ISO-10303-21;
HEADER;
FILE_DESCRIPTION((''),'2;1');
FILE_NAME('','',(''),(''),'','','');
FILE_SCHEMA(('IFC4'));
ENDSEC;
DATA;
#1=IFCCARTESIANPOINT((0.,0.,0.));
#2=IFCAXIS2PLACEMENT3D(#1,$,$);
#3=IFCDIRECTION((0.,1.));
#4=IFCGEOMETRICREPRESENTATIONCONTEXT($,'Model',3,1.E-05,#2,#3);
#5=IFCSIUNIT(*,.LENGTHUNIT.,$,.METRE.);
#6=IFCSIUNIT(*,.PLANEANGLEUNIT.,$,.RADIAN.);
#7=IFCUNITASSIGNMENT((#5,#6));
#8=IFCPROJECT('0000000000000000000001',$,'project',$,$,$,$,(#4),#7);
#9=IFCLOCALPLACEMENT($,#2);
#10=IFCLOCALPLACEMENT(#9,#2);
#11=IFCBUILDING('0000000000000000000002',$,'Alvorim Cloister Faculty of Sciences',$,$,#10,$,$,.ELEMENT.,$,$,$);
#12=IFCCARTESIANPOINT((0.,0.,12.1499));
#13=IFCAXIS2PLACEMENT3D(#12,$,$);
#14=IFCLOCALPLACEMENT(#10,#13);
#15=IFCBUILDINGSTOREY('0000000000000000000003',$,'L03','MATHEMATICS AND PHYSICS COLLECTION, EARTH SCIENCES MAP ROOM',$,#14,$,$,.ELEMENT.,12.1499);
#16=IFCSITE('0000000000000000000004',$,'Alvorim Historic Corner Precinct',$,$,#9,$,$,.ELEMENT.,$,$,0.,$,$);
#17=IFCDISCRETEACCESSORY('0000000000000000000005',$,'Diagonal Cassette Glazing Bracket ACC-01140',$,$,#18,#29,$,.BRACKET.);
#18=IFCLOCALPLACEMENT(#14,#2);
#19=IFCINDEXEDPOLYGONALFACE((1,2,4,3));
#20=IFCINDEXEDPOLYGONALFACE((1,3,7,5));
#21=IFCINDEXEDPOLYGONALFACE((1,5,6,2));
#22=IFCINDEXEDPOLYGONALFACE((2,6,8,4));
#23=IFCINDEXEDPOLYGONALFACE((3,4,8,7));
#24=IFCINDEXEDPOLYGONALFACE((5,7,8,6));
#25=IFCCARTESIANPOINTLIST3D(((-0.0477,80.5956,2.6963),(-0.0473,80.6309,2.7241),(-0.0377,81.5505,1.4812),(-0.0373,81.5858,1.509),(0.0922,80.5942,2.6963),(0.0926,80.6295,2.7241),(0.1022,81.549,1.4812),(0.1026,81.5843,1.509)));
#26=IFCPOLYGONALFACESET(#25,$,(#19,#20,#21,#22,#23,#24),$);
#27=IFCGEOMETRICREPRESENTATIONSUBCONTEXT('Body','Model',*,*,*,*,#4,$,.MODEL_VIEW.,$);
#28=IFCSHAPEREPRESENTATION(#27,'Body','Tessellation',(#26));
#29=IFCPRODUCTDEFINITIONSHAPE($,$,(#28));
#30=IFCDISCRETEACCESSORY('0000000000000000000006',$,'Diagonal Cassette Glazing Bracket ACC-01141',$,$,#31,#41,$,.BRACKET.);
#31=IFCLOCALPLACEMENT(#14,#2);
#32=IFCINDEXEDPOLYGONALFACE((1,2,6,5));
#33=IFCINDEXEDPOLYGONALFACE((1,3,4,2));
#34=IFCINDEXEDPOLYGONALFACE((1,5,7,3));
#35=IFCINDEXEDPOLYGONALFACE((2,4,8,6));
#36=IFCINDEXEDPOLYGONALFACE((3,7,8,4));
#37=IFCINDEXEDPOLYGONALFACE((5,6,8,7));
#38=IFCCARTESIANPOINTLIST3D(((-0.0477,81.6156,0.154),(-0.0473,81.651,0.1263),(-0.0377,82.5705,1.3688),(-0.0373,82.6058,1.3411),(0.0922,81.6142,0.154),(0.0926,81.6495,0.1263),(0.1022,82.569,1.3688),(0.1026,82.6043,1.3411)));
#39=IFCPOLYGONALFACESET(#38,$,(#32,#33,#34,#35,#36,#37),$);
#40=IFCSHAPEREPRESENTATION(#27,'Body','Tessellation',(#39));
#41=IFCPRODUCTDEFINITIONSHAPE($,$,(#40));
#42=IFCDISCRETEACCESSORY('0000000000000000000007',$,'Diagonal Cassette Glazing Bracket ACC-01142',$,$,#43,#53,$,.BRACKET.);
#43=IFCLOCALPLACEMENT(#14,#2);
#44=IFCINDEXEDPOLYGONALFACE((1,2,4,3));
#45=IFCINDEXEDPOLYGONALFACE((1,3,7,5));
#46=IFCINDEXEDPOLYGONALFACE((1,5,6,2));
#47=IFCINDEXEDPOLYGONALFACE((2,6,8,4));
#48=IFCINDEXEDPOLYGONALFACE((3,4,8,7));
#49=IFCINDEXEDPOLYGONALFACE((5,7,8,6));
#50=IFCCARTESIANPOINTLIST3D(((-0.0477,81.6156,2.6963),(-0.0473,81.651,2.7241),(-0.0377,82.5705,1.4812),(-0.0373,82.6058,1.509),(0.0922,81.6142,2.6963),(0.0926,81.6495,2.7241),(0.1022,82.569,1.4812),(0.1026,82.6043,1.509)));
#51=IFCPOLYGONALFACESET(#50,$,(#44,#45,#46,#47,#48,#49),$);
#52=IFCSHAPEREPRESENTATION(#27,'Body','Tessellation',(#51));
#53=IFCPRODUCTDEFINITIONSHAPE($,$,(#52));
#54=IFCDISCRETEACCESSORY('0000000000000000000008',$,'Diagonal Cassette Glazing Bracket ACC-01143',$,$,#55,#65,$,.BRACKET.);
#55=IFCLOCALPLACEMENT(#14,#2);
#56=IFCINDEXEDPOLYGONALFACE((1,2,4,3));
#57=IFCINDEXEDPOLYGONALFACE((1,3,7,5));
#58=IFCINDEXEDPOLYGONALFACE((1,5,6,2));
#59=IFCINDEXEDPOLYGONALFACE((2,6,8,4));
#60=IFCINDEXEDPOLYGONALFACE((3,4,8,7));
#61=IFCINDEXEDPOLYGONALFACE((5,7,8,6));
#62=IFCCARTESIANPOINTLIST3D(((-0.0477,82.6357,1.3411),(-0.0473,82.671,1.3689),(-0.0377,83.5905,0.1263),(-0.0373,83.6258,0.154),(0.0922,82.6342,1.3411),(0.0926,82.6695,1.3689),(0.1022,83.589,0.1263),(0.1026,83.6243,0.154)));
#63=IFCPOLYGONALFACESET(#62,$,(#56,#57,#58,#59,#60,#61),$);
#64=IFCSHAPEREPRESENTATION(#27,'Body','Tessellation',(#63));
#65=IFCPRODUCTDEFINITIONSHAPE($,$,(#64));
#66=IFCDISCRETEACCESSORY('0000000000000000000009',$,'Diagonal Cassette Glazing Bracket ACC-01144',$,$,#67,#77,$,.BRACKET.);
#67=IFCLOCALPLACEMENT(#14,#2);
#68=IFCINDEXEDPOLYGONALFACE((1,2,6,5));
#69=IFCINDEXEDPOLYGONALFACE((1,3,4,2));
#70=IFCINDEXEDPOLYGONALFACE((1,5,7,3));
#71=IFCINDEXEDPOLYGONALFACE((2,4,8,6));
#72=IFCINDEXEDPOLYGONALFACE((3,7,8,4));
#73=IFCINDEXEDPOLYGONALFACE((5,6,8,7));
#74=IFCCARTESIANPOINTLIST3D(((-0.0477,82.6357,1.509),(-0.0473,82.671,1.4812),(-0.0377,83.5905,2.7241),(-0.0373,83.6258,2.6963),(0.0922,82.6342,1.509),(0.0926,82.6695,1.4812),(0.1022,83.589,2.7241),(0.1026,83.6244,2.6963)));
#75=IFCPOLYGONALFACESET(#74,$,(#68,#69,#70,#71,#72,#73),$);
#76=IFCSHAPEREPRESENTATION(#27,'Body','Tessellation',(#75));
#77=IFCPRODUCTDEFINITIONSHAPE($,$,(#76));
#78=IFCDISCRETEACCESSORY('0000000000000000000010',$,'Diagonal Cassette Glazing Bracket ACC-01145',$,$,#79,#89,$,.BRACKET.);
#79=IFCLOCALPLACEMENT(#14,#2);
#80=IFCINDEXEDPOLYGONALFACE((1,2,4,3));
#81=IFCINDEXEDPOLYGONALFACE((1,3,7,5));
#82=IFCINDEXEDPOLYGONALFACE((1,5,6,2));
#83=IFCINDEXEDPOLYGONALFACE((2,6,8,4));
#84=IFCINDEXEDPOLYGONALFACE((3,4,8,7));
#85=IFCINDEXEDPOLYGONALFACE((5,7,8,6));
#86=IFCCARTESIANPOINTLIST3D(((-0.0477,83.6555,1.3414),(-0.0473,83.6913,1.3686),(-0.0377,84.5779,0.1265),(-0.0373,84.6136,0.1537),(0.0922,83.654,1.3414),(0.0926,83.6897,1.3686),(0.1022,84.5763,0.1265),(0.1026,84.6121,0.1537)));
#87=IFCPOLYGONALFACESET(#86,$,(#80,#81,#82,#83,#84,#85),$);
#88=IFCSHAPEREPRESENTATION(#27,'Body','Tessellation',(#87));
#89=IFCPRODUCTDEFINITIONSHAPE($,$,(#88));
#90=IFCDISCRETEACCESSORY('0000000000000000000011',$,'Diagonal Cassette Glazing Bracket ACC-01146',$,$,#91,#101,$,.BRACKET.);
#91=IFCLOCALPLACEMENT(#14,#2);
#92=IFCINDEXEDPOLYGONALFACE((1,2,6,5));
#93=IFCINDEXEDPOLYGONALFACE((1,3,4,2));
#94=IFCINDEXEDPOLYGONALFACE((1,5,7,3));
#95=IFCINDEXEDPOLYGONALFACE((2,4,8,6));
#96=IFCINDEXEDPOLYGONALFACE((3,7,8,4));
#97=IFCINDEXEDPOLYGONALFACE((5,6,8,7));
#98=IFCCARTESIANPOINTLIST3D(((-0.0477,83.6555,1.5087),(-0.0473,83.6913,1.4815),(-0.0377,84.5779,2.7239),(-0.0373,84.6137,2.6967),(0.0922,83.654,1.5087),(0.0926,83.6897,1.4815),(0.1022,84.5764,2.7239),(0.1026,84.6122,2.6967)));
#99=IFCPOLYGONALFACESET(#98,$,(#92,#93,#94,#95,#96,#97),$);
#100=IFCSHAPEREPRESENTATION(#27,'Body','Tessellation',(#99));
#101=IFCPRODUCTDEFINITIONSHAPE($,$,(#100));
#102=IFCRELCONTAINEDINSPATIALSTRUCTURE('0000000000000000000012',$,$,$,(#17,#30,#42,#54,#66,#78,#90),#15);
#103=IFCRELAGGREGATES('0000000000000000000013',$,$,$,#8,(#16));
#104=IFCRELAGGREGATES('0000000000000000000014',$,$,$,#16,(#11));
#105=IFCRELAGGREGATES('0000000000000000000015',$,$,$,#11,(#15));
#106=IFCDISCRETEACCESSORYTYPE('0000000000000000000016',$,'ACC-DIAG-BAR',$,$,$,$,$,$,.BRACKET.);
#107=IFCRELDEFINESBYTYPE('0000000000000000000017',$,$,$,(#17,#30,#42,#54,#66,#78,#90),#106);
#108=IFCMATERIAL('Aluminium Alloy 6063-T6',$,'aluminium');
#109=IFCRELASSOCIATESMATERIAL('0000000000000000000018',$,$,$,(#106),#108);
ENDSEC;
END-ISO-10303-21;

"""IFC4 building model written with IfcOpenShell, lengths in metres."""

from ifc_helpers import new_model, si_unit, direction, frame, origin, origin_2d, place, context, subcontext, project, spatial, rectangle, extrude, material, type_object, element, save


model = new_model("IFC4")

# Units and contexts
model_context = context("Model", 3, precision=1e-05, world=origin(), true_north=direction((0.0, 1.0)))
body_context = subcontext(model_context, "Body", "Model", "MODEL_VIEW")
ifc_project = project(units=[si_unit("LENGTHUNIT", "METRE"), si_unit("PLANEANGLEUNIT", "RADIAN")], contexts=[model_context])

# Site, building, storey
site_placement = place(None, origin())
site = spatial("IfcSite", under=ifc_project, at=site_placement, Name="Alvorim Historic Corner Precinct", CompositionType="ELEMENT", RefElevation=0.0)
building_placement = place(site_placement, origin())
building = spatial("IfcBuilding", under=site, at=building_placement, Name="Alvorim Cloister Faculty of Sciences", CompositionType="ELEMENT")
storey_placement = place(building_placement, frame((0.0, 0.0, 12.1499)))
storey = spatial("IfcBuildingStorey", under=building, at=storey_placement, Name="L03", Description="MATHEMATICS AND PHYSICS COLLECTION, EARTH SCIENCES MAP ROOM", CompositionType="ELEMENT", Elevation=12.1499)

# Shared definitions
ifc_material_1 = material(Name="Aluminium Alloy 6063-T6", Category="aluminium")

# Discrete accessories
discrete_accessory_type = type_object("IfcDiscreteAccessoryType", Name="ACC-DIAG-BAR", PredefinedType="BRACKET", material=ifc_material_1)
discrete_accessory_1_placement = place(storey_placement, frame((0.0225, 80.6125, 2.7102), z_axis=(0.006477, 0.617857, -0.786263), x_axis=(-0.999945, 0.010483, 0.0)))
element("IfcDiscreteAccessory", 1, at=discrete_accessory_1_placement, inside=storey, type_object=discrete_accessory_type, Name="Diagonal Cassette Glazing Bracket ACC-01140", PredefinedType="BRACKET", context=body_context, shape_type="SweptSolid", body=[
    extrude(rectangle(XDim=0.1399, YDim=0.0449, at=origin_2d()), origin(), (0.0, 0.0, 1.0), 1.5454),
])
discrete_accessory_2_placement = place(storey_placement, frame((0.0225, 81.6326, 0.1401), z_axis=(0.006478, 0.617934, 0.786203), x_axis=(-0.999945, 0.010483, 0.0)))
element("IfcDiscreteAccessory", 2, at=discrete_accessory_2_placement, inside=storey, type_object=discrete_accessory_type, Name="Diagonal Cassette Glazing Bracket ACC-01141", PredefinedType="BRACKET", context=body_context, shape_type="SweptSolid", body=[
    extrude(rectangle(XDim=0.1399, YDim=0.0449, at=origin_2d()), origin(), (0.0, 0.0, 1.0), 1.5452),
])
discrete_accessory_3_placement = place(storey_placement, frame((0.0225, 81.6326, 2.7102), z_axis=(0.006477, 0.617857, -0.786263), x_axis=(-0.999945, 0.010483, 0.0)))
element("IfcDiscreteAccessory", 3, at=discrete_accessory_3_placement, inside=storey, type_object=discrete_accessory_type, Name="Diagonal Cassette Glazing Bracket ACC-01142", PredefinedType="BRACKET", context=body_context, shape_type="SweptSolid", body=[
    extrude(rectangle(XDim=0.1399, YDim=0.0449, at=origin_2d()), origin(), (0.0, 0.0, 1.0), 1.5454),
])
discrete_accessory_4_placement = place(storey_placement, frame((0.0225, 82.6526, 1.355), z_axis=(0.006478, 0.617934, -0.786203), x_axis=(-0.999945, 0.010483, 0.0)))
element("IfcDiscreteAccessory", 4, at=discrete_accessory_4_placement, inside=storey, type_object=discrete_accessory_type, Name="Diagonal Cassette Glazing Bracket ACC-01143", PredefinedType="BRACKET", context=body_context, shape_type="SweptSolid", body=[
    extrude(rectangle(XDim=0.1399, YDim=0.0449, at=origin_2d()), origin(), (0.0, 0.0, 1.0), 1.5452),
])
discrete_accessory_5_placement = place(storey_placement, frame((0.0225, 82.6526, 1.4951), z_axis=(0.006477, 0.617857, 0.786263), x_axis=(-0.999945, 0.010483, 0.0)))
element("IfcDiscreteAccessory", 5, at=discrete_accessory_5_placement, inside=storey, type_object=discrete_accessory_type, Name="Diagonal Cassette Glazing Bracket ACC-01144", PredefinedType="BRACKET", context=body_context, shape_type="SweptSolid", body=[
    extrude(rectangle(XDim=0.1399, YDim=0.0449, at=origin_2d()), origin(), (0.0, 0.0, 1.0), 1.5454),
])
discrete_accessory_6_placement = place(storey_placement, frame((0.0225, 83.6726, 1.355), z_axis=(0.006562, 0.604689, -0.796435), x_axis=(-0.999941, 0.010852, 0.0)))
element("IfcDiscreteAccessory", 6, at=discrete_accessory_6_placement, inside=storey, type_object=discrete_accessory_type, Name="Diagonal Cassette Glazing Bracket ACC-01145", PredefinedType="BRACKET", context=body_context, shape_type="SweptSolid", body=[
    extrude(rectangle(XDim=0.1399, YDim=0.0449, at=origin_2d()), origin(), (0.0, 0.0, 1.0), 1.5254),
])
discrete_accessory_7_placement = place(storey_placement, frame((0.0225, 83.6726, 1.4951), z_axis=(0.006561, 0.604612, 0.796493), x_axis=(-0.999941, 0.010852, 0.0)))
element("IfcDiscreteAccessory", 7, at=discrete_accessory_7_placement, inside=storey, type_object=discrete_accessory_type, Name="Diagonal Cassette Glazing Bracket ACC-01146", PredefinedType="BRACKET", context=body_context, shape_type="SweptSolid", body=[
    extrude(rectangle(XDim=0.1399, YDim=0.0449, at=origin_2d()), origin(), (0.0, 0.0, 1.0), 1.5256),
])

save(model, "model.ifc")
